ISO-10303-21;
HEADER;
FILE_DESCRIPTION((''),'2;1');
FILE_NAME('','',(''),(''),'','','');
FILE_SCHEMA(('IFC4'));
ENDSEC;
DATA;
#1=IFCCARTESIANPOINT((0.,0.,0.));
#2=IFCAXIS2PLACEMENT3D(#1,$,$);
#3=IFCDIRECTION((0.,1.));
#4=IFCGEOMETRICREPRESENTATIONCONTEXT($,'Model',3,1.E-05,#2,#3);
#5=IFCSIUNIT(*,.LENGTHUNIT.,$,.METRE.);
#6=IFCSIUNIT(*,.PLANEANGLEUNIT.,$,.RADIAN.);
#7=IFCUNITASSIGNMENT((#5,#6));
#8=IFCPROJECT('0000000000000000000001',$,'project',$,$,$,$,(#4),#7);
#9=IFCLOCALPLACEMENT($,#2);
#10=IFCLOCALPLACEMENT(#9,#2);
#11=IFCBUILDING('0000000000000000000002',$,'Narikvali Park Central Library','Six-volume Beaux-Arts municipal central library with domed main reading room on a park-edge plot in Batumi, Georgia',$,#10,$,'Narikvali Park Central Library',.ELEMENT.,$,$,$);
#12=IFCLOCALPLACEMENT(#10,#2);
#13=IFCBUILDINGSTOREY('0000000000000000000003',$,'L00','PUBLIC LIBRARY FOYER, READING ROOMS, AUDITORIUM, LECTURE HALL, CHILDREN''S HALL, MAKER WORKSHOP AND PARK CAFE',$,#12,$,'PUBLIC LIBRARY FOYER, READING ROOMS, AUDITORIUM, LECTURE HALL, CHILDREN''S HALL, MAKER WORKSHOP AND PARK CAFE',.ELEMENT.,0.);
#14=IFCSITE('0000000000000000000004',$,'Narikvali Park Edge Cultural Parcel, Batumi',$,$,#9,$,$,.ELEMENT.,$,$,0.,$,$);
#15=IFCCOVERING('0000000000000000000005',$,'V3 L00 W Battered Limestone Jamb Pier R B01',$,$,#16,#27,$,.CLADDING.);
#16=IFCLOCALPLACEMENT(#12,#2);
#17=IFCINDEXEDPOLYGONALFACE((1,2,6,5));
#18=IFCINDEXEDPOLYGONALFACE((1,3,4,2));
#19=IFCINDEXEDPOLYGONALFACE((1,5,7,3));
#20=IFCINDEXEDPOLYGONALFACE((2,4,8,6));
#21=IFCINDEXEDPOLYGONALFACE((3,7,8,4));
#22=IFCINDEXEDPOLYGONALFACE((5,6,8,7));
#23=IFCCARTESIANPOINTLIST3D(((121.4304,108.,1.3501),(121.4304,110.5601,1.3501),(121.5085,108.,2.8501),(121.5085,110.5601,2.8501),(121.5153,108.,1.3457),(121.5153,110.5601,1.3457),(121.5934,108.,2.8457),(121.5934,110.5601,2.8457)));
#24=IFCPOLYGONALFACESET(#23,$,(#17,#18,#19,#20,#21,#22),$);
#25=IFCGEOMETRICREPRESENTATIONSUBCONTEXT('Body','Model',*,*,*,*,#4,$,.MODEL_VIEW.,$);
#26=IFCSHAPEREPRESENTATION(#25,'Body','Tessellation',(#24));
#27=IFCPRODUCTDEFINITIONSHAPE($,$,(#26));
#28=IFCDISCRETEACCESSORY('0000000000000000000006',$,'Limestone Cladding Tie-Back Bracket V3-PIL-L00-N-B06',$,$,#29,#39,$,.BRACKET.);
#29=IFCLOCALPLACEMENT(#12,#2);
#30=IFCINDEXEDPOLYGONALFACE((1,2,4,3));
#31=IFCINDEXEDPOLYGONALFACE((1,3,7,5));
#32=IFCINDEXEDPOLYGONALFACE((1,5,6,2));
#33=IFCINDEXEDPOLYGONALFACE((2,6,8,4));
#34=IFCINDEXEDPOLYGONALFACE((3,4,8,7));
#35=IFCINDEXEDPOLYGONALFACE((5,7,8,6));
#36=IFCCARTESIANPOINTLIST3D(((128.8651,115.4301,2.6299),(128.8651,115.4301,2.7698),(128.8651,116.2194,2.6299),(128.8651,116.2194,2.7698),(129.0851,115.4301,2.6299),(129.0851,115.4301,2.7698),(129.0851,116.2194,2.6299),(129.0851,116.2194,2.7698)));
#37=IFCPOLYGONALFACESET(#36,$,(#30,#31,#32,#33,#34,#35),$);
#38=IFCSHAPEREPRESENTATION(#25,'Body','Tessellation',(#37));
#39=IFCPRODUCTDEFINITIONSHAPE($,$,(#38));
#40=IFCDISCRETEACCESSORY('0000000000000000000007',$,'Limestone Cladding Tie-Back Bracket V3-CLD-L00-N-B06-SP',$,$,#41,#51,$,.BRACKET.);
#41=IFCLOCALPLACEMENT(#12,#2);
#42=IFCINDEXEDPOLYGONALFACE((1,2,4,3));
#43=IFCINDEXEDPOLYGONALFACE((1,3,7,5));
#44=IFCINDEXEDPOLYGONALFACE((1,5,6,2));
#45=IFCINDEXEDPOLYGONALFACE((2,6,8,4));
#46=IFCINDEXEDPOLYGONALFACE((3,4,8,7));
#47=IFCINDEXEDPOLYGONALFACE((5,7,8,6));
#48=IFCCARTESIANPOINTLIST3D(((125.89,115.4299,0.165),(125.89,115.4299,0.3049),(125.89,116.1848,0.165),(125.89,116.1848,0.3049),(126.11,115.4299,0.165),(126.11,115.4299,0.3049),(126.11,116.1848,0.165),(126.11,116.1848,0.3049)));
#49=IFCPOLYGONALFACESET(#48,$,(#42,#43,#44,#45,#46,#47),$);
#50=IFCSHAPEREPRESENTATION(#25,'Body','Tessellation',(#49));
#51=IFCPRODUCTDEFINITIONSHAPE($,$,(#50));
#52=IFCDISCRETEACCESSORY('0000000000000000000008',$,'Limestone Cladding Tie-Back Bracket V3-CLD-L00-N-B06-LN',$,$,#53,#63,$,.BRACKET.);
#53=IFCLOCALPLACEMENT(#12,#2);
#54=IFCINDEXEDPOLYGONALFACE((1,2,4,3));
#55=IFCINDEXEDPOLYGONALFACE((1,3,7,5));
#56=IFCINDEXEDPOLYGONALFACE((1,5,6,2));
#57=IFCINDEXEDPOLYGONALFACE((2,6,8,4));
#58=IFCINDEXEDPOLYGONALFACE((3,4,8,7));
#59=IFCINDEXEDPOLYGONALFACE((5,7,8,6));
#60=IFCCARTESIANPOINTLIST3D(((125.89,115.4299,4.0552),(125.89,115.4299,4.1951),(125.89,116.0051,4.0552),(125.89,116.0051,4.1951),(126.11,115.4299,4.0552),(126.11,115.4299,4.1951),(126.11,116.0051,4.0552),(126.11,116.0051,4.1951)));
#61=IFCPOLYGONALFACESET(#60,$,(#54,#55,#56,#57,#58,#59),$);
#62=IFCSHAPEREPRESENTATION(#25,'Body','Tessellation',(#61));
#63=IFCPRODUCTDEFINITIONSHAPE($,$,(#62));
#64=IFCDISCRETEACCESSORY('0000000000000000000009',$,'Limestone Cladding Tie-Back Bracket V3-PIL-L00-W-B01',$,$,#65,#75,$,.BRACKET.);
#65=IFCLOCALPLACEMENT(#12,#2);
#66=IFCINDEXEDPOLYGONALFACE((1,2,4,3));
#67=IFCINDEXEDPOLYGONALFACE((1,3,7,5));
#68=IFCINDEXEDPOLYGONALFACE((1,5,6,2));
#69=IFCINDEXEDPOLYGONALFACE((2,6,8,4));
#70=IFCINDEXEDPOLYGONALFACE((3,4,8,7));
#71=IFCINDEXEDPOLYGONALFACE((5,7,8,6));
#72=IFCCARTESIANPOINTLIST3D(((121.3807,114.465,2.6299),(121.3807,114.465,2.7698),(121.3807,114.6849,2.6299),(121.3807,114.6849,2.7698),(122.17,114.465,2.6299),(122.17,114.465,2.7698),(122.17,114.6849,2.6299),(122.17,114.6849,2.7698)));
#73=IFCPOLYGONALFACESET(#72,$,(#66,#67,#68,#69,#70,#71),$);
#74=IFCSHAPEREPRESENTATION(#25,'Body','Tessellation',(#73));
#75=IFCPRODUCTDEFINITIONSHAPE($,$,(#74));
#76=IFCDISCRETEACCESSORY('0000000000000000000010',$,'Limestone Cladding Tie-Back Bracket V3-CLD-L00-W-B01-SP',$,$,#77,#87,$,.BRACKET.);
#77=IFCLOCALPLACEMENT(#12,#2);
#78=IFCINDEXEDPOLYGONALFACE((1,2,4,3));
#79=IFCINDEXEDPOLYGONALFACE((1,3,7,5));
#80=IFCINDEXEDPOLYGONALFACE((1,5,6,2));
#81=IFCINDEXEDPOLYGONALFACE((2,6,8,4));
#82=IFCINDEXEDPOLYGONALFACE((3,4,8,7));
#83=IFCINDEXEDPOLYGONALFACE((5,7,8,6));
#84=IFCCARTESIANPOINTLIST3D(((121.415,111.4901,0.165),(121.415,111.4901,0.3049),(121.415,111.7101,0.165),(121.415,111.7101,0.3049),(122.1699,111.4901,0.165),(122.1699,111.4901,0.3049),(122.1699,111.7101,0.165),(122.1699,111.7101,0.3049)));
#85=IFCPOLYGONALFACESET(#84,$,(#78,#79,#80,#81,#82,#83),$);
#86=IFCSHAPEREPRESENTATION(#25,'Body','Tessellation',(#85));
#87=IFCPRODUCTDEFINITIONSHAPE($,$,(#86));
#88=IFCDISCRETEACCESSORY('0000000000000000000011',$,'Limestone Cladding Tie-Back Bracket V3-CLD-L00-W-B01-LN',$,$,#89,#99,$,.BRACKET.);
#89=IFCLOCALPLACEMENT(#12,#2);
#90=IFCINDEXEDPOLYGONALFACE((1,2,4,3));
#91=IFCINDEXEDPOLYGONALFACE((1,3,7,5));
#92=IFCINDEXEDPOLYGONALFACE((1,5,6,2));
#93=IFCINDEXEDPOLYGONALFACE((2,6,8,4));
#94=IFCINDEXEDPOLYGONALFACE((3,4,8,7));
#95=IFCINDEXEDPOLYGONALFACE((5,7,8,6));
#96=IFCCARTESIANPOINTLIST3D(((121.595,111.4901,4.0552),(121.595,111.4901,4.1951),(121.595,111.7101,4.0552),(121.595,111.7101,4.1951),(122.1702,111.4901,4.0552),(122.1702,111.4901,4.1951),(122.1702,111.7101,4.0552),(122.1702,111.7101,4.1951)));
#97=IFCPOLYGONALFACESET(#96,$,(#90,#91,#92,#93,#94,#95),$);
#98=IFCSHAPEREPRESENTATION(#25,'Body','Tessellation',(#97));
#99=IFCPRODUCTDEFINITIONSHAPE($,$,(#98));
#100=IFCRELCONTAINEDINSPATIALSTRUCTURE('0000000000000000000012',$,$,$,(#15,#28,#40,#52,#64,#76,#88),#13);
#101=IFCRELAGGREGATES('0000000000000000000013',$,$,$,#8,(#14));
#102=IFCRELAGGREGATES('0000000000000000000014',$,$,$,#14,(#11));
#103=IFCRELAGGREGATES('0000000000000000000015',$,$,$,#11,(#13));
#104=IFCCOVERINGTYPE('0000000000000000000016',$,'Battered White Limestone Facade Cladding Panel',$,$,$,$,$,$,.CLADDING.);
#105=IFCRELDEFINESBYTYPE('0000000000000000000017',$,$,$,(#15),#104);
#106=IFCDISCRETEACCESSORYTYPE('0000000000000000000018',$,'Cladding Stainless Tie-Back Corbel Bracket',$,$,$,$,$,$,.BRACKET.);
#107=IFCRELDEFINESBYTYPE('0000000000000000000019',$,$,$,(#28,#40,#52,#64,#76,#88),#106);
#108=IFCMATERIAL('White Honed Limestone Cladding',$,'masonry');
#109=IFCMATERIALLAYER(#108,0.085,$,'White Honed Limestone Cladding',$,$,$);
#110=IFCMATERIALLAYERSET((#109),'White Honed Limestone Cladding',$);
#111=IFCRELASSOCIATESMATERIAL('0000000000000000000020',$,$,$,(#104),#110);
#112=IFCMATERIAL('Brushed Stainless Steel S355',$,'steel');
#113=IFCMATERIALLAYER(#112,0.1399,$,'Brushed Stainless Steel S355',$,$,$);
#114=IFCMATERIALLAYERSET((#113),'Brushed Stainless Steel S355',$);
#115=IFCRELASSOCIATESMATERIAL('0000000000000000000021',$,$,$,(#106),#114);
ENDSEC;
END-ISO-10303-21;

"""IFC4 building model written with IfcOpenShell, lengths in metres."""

from ifc_helpers import new_model, si_unit, direction, frame, origin, origin_2d, place, context, subcontext, project, spatial, polyline, rectangle, outline, extrude, material, layer, layer_set, type_object, element, save


model = new_model("IFC4")

# Units and contexts
model_context = context("Model", 3, precision=1e-05, world=origin(), true_north=direction((0.0, 1.0)))
body_context = subcontext(model_context, "Body", "Model", "MODEL_VIEW")
ifc_project = project(units=[si_unit("LENGTHUNIT", "METRE"), si_unit("PLANEANGLEUNIT", "RADIAN")], contexts=[model_context])

# Site, building, storey
site_placement = place(None, origin())
site = spatial("IfcSite", under=ifc_project, at=site_placement, Name="Narikvali Park Edge Cultural Parcel, Batumi", CompositionType="ELEMENT", RefElevation=0.0)
building_placement = place(site_placement, origin())
building = spatial("IfcBuilding", under=site, at=building_placement, Name="Narikvali Park Central Library", Description="Six-volume Beaux-Arts municipal central library with domed main reading room on a park-edge plot in Batumi, Georgia", LongName="Narikvali Park Central Library", CompositionType="ELEMENT")
storey_placement = place(building_placement, origin())
storey = spatial("IfcBuildingStorey", under=building, at=storey_placement, Name="L00", Description="PUBLIC LIBRARY FOYER, READING ROOMS, AUDITORIUM, LECTURE HALL, CHILDREN'S HALL, MAKER WORKSHOP AND PARK CAFE", LongName="PUBLIC LIBRARY FOYER, READING ROOMS, AUDITORIUM, LECTURE HALL, CHILDREN'S HALL, MAKER WORKSHOP AND PARK CAFE", CompositionType="ELEMENT", Elevation=0.0)

# Covering
ifc_material_1 = material(Name="White Honed Limestone Cladding", Category="masonry")
ifc_layer_1 = layer(ifc_material_1, 0.085, Name="White Honed Limestone Cladding")
ifc_layer_set_1 = layer_set([ifc_layer_1], Name="White Honed Limestone Cladding")
covering_type = type_object("IfcCoveringType", Name="Battered White Limestone Facade Cladding Panel", PredefinedType="CLADDING", material=ifc_layer_set_1)
covering_1_placement = place(storey_placement, frame((121.4304, 110.5601, 1.3501), z_axis=(-0.998646, 0.0, 0.052013), x_axis=(0.0, -1.0, 0.0)))
element("IfcCovering", 1, at=covering_1_placement, inside=storey, type_object=covering_type, Name="V3 L00 W Battered Limestone Jamb Pier R B01", PredefinedType="CLADDING", context=body_context, shape_type="SweptSolid", body=[
    extrude(outline(polyline([(0.0, 0.0), (2.5601, 0.0), (2.5601, 1.502), (0.0, 1.502), (0.0, 0.0)])), origin(), (0.0, 0.0, -1.0), 0.085),
])

# Discrete accessories
ifc_material_2 = material(Name="Brushed Stainless Steel S355", Category="steel")
ifc_layer_2 = layer(ifc_material_2, 0.1399, Name="Brushed Stainless Steel S355")
ifc_layer_set_2 = layer_set([ifc_layer_2], Name="Brushed Stainless Steel S355")
discrete_accessory_type = type_object("IfcDiscreteAccessoryType", Name="Cladding Stainless Tie-Back Corbel Bracket", PredefinedType="BRACKET", material=ifc_layer_set_2)
discrete_accessory_1_placement = place(storey_placement, frame((128.9751, 115.8247, 2.6299), z_axis=(0.0, 0.0, 1.0), x_axis=(1.0, 0.0, 0.0)))
element("IfcDiscreteAccessory", 2, at=discrete_accessory_1_placement, inside=storey, type_object=discrete_accessory_type, Name="Limestone Cladding Tie-Back Bracket V3-PIL-L00-N-B06", PredefinedType="BRACKET", context=body_context, shape_type="SweptSolid", body=[
    extrude(rectangle(XDim=0.22, YDim=0.7893, at=origin_2d()), origin(), (0.0, 0.0, 1.0), 0.1399),
])
discrete_accessory_2_placement = place(storey_placement, frame((126.0, 115.8074, 0.165), z_axis=(0.0, 0.0, 1.0), x_axis=(1.0, 0.0, 0.0)))
element("IfcDiscreteAccessory", 3, at=discrete_accessory_2_placement, inside=storey, type_object=discrete_accessory_type, Name="Limestone Cladding Tie-Back Bracket V3-CLD-L00-N-B06-SP", PredefinedType="BRACKET", context=body_context, shape_type="SweptSolid", body=[
    extrude(rectangle(XDim=0.22, YDim=0.7549, at=origin_2d()), origin(), (0.0, 0.0, 1.0), 0.1399),
])
discrete_accessory_3_placement = place(storey_placement, frame((126.0, 115.7175, 4.0552), z_axis=(0.0, 0.0, 1.0), x_axis=(1.0, 0.0, 0.0)))
element("IfcDiscreteAccessory", 4, at=discrete_accessory_3_placement, inside=storey, type_object=discrete_accessory_type, Name="Limestone Cladding Tie-Back Bracket V3-CLD-L00-N-B06-LN", PredefinedType="BRACKET", context=body_context, shape_type="SweptSolid", body=[
    extrude(rectangle(XDim=0.22, YDim=0.5752, at=origin_2d()), origin(), (0.0, 0.0, 1.0), 0.1399),
])
discrete_accessory_4_placement = place(storey_placement, frame((121.7754, 114.575, 2.6299), z_axis=(0.0, 0.0, 1.0), x_axis=(1.0, 0.0, 0.0)))
element("IfcDiscreteAccessory", 5, at=discrete_accessory_4_placement, inside=storey, type_object=discrete_accessory_type, Name="Limestone Cladding Tie-Back Bracket V3-PIL-L00-W-B01", PredefinedType="BRACKET", context=body_context, shape_type="SweptSolid", body=[
    extrude(rectangle(XDim=0.7893, YDim=0.22, at=origin_2d()), origin(), (0.0, 0.0, 1.0), 0.1399),
])
discrete_accessory_5_placement = place(storey_placement, frame((121.7925, 111.6001, 0.165), z_axis=(0.0, 0.0, 1.0), x_axis=(1.0, 0.0, 0.0)))
element("IfcDiscreteAccessory", 6, at=discrete_accessory_5_placement, inside=storey, type_object=discrete_accessory_type, Name="Limestone Cladding Tie-Back Bracket V3-CLD-L00-W-B01-SP", PredefinedType="BRACKET", context=body_context, shape_type="SweptSolid", body=[
    extrude(rectangle(XDim=0.7549, YDim=0.22, at=origin_2d()), origin(), (0.0, 0.0, 1.0), 0.1399),
])
discrete_accessory_6_placement = place(storey_placement, frame((121.8826, 111.6001, 4.0552), z_axis=(0.0, 0.0, 1.0), x_axis=(1.0, 0.0, 0.0)))
element("IfcDiscreteAccessory", 7, at=discrete_accessory_6_placement, inside=storey, type_object=discrete_accessory_type, Name="Limestone Cladding Tie-Back Bracket V3-CLD-L00-W-B01-LN", PredefinedType="BRACKET", context=body_context, shape_type="SweptSolid", body=[
    extrude(rectangle(XDim=0.5752, YDim=0.22, at=origin_2d()), origin(), (0.0, 0.0, 1.0), 0.1399),
])

save(model, "model.ifc")
